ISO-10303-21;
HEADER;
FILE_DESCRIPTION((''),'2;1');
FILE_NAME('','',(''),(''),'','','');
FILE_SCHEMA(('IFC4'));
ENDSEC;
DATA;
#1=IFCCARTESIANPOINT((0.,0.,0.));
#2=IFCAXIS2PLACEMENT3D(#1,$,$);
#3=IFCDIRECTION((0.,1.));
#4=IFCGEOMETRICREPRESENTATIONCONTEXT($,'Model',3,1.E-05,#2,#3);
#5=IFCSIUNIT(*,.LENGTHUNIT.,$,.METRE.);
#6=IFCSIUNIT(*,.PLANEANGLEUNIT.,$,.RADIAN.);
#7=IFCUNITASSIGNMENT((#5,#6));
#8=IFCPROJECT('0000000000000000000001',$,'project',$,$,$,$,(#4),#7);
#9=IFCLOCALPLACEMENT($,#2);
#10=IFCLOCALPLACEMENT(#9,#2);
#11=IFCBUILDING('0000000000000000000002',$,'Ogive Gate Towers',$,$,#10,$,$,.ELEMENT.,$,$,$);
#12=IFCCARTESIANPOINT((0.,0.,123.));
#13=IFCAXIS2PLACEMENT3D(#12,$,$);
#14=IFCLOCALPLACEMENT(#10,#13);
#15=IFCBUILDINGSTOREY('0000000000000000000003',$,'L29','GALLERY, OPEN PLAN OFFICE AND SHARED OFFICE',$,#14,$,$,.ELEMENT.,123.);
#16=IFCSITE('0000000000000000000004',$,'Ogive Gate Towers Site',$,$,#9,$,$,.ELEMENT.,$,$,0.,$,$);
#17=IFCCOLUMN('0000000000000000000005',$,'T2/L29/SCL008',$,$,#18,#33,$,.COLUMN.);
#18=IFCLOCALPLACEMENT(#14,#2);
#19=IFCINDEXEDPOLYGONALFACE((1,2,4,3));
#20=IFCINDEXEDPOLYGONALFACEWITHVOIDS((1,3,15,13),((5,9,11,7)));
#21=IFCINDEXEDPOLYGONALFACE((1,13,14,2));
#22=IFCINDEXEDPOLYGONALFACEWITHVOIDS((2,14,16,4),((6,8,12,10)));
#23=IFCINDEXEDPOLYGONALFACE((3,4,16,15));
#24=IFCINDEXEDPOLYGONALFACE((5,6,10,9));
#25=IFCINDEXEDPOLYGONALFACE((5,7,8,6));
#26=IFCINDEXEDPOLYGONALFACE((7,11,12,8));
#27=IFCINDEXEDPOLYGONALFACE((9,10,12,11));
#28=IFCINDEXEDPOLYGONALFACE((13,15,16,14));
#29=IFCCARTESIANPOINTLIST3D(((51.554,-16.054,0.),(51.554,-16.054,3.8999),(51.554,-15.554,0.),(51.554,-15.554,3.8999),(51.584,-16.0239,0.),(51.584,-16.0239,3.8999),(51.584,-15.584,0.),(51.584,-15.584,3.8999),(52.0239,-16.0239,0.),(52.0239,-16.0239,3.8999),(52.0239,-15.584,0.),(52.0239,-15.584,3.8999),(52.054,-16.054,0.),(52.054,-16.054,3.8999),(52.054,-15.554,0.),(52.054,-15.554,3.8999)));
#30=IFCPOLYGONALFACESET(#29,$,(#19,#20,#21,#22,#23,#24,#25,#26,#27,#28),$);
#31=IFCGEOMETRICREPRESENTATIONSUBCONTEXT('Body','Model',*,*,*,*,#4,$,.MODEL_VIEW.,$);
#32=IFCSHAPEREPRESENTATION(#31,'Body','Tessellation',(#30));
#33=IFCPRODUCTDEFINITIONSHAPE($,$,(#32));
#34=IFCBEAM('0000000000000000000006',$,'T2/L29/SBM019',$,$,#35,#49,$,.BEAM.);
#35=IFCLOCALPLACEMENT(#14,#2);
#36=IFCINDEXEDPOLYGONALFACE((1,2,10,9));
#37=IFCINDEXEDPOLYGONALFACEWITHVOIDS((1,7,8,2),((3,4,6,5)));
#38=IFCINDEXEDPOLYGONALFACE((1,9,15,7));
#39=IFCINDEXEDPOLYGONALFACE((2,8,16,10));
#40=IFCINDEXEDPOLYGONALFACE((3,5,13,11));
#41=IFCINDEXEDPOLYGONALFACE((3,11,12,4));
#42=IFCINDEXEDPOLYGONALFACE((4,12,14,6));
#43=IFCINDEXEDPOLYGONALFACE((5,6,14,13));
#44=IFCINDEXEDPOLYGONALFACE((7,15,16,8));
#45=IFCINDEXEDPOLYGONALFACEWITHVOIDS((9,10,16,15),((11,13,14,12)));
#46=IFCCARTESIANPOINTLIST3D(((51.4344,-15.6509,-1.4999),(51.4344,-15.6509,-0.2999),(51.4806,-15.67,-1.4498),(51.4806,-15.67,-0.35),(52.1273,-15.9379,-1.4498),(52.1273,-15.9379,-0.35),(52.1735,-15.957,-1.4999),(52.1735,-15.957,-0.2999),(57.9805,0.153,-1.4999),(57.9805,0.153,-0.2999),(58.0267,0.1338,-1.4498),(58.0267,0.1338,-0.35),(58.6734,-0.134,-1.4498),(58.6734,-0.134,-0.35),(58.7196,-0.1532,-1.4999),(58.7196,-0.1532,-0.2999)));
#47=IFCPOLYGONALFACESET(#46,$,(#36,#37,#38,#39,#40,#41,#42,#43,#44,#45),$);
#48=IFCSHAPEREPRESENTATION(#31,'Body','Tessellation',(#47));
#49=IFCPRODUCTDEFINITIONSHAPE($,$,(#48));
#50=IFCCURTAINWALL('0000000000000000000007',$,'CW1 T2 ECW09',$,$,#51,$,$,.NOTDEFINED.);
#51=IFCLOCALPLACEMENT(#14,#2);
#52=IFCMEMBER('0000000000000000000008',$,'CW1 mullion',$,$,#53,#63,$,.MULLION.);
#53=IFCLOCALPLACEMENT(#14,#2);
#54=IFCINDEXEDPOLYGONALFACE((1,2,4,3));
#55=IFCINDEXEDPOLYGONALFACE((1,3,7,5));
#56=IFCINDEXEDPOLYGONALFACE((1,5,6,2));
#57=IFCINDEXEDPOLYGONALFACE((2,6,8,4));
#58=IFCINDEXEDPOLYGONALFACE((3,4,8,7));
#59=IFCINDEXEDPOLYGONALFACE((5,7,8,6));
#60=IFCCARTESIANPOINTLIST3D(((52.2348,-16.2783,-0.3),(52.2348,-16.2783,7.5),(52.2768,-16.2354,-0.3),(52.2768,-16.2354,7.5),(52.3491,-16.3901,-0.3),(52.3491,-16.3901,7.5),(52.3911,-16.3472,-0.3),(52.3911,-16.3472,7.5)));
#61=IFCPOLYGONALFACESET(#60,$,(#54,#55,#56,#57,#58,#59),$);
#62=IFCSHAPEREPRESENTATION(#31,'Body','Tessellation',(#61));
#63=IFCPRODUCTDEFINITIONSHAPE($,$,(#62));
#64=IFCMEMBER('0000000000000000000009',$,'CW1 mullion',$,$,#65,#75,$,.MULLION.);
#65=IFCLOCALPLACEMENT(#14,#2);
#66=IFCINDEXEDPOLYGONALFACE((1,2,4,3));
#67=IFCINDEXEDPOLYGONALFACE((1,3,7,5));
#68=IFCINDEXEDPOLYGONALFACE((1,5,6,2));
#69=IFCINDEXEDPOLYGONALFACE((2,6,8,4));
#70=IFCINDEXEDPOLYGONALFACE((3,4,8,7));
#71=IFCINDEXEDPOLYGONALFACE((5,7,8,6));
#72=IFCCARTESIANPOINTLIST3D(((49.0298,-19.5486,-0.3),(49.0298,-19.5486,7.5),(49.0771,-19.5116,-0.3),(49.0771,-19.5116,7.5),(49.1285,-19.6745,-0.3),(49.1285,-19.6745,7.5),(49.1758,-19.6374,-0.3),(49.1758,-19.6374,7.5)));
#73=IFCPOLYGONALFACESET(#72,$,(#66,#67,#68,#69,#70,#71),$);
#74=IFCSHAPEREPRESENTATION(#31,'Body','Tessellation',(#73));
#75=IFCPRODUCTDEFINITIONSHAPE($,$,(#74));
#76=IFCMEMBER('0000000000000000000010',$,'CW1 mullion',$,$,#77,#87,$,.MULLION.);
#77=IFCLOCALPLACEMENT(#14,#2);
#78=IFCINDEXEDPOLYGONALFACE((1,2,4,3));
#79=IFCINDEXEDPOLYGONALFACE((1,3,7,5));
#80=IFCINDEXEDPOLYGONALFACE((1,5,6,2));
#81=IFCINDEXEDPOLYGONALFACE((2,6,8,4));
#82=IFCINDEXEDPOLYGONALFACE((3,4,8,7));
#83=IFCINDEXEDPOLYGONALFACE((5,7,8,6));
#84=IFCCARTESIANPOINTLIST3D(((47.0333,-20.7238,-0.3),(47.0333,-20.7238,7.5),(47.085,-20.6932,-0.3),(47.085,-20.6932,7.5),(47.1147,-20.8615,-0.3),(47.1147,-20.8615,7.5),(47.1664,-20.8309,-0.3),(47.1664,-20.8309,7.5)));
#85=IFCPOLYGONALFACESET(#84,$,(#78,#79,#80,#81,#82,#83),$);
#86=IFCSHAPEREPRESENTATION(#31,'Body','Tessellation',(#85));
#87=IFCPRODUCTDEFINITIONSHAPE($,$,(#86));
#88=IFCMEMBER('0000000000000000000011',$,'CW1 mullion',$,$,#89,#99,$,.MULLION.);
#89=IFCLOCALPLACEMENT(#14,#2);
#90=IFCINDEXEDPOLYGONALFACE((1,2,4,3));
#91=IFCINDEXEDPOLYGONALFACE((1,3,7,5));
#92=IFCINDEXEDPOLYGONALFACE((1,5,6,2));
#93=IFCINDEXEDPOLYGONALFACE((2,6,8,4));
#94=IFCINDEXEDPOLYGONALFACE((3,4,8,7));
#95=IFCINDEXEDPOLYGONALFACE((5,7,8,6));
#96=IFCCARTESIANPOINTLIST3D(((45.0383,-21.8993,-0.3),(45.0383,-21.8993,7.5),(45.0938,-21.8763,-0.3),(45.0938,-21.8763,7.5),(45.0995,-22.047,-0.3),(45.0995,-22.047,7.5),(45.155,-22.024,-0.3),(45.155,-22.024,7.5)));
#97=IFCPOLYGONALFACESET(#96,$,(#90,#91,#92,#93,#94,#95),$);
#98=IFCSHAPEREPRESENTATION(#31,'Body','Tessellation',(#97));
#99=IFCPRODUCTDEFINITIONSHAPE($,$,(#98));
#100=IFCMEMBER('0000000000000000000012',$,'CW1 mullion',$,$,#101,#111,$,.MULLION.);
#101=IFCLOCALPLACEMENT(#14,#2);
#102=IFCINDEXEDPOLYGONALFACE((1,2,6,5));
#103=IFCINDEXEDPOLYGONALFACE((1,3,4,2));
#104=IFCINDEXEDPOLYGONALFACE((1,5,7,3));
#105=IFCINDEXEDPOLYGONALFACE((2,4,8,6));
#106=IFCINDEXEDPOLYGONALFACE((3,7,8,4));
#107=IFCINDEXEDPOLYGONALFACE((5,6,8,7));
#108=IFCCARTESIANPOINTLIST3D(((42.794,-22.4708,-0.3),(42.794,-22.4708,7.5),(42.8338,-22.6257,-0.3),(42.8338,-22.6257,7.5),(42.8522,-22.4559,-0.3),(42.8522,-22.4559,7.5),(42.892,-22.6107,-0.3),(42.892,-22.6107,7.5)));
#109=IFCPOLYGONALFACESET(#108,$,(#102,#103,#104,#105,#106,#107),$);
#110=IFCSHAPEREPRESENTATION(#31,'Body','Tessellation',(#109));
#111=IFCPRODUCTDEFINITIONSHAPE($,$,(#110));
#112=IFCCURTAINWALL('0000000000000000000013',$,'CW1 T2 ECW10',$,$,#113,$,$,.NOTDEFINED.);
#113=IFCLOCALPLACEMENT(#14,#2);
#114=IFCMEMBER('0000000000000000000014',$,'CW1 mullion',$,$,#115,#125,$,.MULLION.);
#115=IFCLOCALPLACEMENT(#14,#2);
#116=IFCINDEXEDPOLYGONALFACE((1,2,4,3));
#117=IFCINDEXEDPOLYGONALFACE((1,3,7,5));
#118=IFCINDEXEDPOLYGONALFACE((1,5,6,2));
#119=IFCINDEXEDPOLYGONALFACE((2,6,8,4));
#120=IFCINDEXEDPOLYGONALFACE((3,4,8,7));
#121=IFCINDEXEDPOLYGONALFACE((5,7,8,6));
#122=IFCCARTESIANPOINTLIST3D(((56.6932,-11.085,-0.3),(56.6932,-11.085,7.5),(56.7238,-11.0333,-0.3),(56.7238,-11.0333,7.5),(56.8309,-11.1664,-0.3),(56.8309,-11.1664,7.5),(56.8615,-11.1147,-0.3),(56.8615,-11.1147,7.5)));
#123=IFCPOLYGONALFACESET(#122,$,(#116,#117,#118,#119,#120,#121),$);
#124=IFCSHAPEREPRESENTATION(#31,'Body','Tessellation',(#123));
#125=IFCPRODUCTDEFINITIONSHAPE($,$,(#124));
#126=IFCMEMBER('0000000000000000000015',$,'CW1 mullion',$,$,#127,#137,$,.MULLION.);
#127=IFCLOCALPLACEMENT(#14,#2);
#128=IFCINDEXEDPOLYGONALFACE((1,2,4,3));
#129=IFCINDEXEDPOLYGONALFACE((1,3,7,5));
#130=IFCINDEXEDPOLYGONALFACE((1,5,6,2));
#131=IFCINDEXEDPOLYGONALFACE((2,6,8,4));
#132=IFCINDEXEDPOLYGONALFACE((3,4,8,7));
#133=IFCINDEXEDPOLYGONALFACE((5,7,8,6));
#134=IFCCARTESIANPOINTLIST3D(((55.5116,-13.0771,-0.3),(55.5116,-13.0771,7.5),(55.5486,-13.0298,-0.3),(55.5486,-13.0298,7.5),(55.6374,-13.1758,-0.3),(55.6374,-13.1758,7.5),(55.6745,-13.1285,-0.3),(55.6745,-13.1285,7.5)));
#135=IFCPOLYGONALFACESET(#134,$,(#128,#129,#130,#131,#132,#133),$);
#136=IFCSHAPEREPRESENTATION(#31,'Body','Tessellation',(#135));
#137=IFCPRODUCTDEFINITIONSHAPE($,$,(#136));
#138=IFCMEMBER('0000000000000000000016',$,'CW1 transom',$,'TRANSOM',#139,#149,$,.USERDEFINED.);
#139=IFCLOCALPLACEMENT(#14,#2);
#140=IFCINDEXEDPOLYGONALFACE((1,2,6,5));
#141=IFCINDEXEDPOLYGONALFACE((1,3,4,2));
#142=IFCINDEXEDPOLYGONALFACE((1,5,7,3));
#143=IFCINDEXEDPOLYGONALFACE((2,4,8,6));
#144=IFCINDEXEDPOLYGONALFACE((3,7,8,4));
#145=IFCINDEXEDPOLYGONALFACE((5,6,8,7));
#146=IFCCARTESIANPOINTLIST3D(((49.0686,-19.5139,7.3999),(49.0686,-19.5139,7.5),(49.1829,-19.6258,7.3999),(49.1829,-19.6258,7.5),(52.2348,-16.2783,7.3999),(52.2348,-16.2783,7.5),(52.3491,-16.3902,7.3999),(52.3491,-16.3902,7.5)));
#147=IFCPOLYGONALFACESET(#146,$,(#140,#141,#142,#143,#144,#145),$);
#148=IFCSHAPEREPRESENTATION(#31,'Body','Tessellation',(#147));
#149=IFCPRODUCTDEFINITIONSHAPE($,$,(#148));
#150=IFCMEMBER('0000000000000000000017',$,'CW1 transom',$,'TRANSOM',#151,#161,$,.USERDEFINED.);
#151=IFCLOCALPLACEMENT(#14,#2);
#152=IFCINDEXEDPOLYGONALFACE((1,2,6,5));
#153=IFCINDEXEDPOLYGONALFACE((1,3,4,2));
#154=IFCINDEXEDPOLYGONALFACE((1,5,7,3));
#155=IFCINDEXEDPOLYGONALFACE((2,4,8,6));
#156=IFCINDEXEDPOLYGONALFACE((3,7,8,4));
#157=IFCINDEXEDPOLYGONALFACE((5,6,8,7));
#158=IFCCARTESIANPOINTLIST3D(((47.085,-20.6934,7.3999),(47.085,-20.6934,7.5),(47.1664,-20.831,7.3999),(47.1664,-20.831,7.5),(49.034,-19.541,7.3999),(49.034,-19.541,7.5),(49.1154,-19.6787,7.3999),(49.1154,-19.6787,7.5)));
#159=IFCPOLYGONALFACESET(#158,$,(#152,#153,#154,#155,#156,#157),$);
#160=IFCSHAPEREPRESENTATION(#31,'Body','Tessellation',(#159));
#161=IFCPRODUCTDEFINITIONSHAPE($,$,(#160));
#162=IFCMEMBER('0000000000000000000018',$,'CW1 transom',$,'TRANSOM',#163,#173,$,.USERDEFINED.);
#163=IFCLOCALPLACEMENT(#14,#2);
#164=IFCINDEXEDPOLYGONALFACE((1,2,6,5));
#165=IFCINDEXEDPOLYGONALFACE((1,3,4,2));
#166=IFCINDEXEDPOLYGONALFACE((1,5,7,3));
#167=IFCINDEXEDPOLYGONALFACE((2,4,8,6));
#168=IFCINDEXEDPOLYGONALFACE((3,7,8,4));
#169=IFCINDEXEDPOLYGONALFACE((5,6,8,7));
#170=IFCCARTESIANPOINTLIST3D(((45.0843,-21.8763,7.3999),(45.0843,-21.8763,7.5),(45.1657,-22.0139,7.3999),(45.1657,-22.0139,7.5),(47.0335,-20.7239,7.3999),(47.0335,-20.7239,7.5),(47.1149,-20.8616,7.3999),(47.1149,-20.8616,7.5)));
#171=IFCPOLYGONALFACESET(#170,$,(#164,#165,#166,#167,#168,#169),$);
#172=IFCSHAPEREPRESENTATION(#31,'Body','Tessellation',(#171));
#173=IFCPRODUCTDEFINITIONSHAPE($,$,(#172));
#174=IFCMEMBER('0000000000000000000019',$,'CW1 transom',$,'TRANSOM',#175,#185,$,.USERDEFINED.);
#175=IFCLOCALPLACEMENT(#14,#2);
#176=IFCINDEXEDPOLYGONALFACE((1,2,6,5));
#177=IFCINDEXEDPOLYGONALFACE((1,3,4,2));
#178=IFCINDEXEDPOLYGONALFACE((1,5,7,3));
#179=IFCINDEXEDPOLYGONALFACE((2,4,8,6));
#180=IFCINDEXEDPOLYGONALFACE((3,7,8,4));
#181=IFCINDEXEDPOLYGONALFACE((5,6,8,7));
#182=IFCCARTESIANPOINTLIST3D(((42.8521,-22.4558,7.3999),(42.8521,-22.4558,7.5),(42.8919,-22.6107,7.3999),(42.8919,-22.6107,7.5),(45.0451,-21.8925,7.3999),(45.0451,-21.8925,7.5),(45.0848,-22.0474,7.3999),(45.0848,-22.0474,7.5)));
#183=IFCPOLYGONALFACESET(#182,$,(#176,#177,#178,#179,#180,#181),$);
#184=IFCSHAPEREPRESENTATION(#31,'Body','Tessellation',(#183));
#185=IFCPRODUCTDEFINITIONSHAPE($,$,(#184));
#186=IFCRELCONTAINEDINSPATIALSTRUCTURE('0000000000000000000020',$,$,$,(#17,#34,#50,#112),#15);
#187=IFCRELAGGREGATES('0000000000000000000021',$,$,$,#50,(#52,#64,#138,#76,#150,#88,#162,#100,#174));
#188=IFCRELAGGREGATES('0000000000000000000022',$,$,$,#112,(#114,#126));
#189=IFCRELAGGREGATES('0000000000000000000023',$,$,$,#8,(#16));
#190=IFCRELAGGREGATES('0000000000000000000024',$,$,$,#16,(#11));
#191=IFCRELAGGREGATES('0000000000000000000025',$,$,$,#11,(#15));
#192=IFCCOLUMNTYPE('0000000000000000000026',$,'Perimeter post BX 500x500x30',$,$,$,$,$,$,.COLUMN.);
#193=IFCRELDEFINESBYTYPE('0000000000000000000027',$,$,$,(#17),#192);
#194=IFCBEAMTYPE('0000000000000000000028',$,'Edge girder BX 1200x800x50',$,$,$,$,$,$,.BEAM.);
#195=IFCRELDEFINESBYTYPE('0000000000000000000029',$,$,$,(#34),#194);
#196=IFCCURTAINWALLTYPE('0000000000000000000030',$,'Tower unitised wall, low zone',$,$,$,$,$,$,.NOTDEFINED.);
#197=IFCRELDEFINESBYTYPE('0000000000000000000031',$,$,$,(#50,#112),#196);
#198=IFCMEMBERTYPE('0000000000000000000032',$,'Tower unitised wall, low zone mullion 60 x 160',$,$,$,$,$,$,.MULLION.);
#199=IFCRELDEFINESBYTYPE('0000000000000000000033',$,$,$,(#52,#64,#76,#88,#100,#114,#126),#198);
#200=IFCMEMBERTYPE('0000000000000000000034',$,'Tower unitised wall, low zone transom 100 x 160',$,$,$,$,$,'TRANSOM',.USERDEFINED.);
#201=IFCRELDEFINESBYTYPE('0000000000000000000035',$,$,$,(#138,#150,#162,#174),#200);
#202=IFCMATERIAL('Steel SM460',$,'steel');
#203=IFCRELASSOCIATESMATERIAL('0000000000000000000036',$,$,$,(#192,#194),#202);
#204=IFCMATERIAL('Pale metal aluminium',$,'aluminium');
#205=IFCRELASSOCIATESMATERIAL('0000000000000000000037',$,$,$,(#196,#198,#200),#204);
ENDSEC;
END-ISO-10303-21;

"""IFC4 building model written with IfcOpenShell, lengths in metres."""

from ifc_helpers import new_model, si_unit, direction, frame, origin, origin_2d, place, context, subcontext, project, spatial, rectangle, hollow_rectangle, extrude, material, material_profile, profile_set, type_object, element, aggregate, save


model = new_model("IFC4")

# Units and contexts
model_context = context("Model", 3, precision=1e-05, world=origin(), true_north=direction((0.0, 1.0)))
body_context = subcontext(model_context, "Body", "Model", "MODEL_VIEW")
ifc_project = project(units=[si_unit("LENGTHUNIT", "METRE"), si_unit("PLANEANGLEUNIT", "RADIAN")], contexts=[model_context])

# Site, building, storey
site_placement = place(None, origin())
site = spatial("IfcSite", under=ifc_project, at=site_placement, Name="Ogive Gate Towers Site", CompositionType="ELEMENT", RefElevation=0.0)
building_placement = place(site_placement, origin())
building = spatial("IfcBuilding", under=site, at=building_placement, Name="Ogive Gate Towers", CompositionType="ELEMENT")
storey_placement = place(building_placement, frame((0.0, 0.0, 123.0)))
storey = spatial("IfcBuildingStorey", under=building, at=storey_placement, Name="L29", Description="GALLERY, OPEN PLAN OFFICE AND SHARED OFFICE", CompositionType="ELEMENT", Elevation=123.0)

# Column
ifc_material_1 = material(Name="Steel SM460", Category="steel")
ifc_material_profile_1 = material_profile(ifc_material_1, hollow_rectangle(XDim=0.5, YDim=0.5, WallThickness=0.03, at=origin_2d()), Name="BX 500x500x30")
ifc_profile_set_1 = profile_set([ifc_material_profile_1], Name="Steel SM460")
column_type = type_object("IfcColumnType", Name="Perimeter post BX 500x500x30", PredefinedType="COLUMN", material=ifc_profile_set_1)
column_placement = place(storey_placement, frame((51.804, -15.804, 0.0), z_axis=(0.0, 0.0, 1.0), x_axis=(1.0, 0.0, 0.0)))
element("IfcColumn", 1, at=column_placement, inside=storey, type_object=column_type, Name="T2/L29/SCL008", PredefinedType="COLUMN", context=body_context, shape_type="SweptSolid", body=[
    extrude(hollow_rectangle(XDim=0.5, YDim=0.5, WallThickness=0.03, at=origin_2d()), origin(), (0.0, 0.0, 1.0), 3.8999),
])

# Beam
ifc_material_profile_2 = material_profile(ifc_material_1, hollow_rectangle(XDim=0.8, YDim=1.2, WallThickness=0.05, at=origin_2d()), Name="BX 1200x800x50")
ifc_profile_set_2 = profile_set([ifc_material_profile_2], Name="Steel SM460")
beam_type = type_object("IfcBeamType", Name="Edge girder BX 1200x800x50", PredefinedType="BEAM", material=ifc_profile_set_2)
beam_placement = place(storey_placement, frame((51.804, -15.804, -0.8999), z_axis=(0.38268, 0.923881, 0.0), x_axis=(-0.923881, 0.38268, 0.0)))
element("IfcBeam", 2, at=beam_placement, inside=storey, type_object=beam_type, Name="T2/L29/SBM019", PredefinedType="BEAM", context=body_context, shape_type="SweptSolid", body=[
    extrude(hollow_rectangle(XDim=0.8, YDim=1.2, WallThickness=0.05, at=origin_2d()), origin(), (0.0, 0.0, 1.0), 17.106),
])

# Curtain walls, members
ifc_material_2 = material(Name="Pale metal aluminium", Category="aluminium")
curtain_wall_type = type_object("IfcCurtainWallType", Name="Tower unitised wall, low zone", PredefinedType="NOTDEFINED", material=ifc_material_2)
curtain_wall_1_placement = place(storey_placement, origin())
curtain_wall_1 = element("IfcCurtainWall", 3, at=curtain_wall_1_placement, inside=storey, type_object=curtain_wall_type, Name="CW1 T2 ECW09", PredefinedType="NOTDEFINED")
ifc_material_profile_3 = material_profile(ifc_material_2, rectangle(XDim=0.1599, YDim=0.0601, at=origin_2d()), Name="60 x 160 aluminium box")
ifc_profile_set_3 = profile_set([ifc_material_profile_3], Name="Pale metal aluminium")
member_type_1 = type_object("IfcMemberType", Name="Tower unitised wall, low zone mullion 60 x 160", PredefinedType="MULLION", material=ifc_profile_set_3)
member_1_placement = place(storey_placement, frame((52.313, -16.3127, -0.3), z_axis=(0.0, 0.0, 1.0), x_axis=(-0.714705, 0.699426, 0.0)))
member_1 = element("IfcMember", 4, at=member_1_placement, type_object=member_type_1, Name="CW1 mullion", PredefinedType="MULLION", context=body_context, shape_type="SweptSolid", body=[
    extrude(rectangle(XDim=0.1599, YDim=0.0601, at=origin_2d()), origin(), (0.0, 0.0, 1.0), 7.8),
])
member_2_placement = place(storey_placement, frame((49.1028, -19.593, -0.3), z_axis=(0.0, 0.0, 1.0), x_axis=(-0.617118, 0.78687, 0.0)))
member_2 = element("IfcMember", 5, at=member_2_placement, type_object=member_type_1, Name="CW1 mullion", PredefinedType="MULLION", context=body_context, shape_type="SweptSolid", body=[
    extrude(rectangle(XDim=0.1599, YDim=0.0601, at=origin_2d()), origin(), (0.0, 0.0, 1.0), 7.8),
])
member_3_placement = place(storey_placement, frame((47.0999, -20.7773, -0.3), z_axis=(0.0, 0.0, 1.0), x_axis=(-0.508951, 0.860795, 0.0)))
member_3 = element("IfcMember", 6, at=member_3_placement, type_object=member_type_1, Name="CW1 mullion", PredefinedType="MULLION", context=body_context, shape_type="SweptSolid", body=[
    extrude(rectangle(XDim=0.1599, YDim=0.0601, at=origin_2d()), origin(), (0.0, 0.0, 1.0), 7.8),
])
member_4_placement = place(storey_placement, frame((45.0967, -21.9617, -0.3), z_axis=(0.0, 0.0, 1.0), x_axis=(-0.382683, 0.92388, 0.0)))
member_4 = element("IfcMember", 7, at=member_4_placement, type_object=member_type_1, Name="CW1 mullion", PredefinedType="MULLION", context=body_context, shape_type="SweptSolid", body=[
    extrude(rectangle(XDim=0.1599, YDim=0.0601, at=origin_2d()), origin(), (0.0, 0.0, 1.0), 7.8),
])
member_5_placement = place(storey_placement, frame((42.843, -22.5408, -0.3), z_axis=(0.0, 0.0, 1.0), x_axis=(-0.248808, 0.968553, 0.0)))
member_5 = element("IfcMember", 8, at=member_5_placement, type_object=member_type_1, Name="CW1 mullion", PredefinedType="MULLION", context=body_context, shape_type="SweptSolid", body=[
    extrude(rectangle(XDim=0.1599, YDim=0.0601, at=origin_2d()), origin(), (0.0, 0.0, 1.0), 7.8),
])
curtain_wall_2_placement = place(storey_placement, origin())
curtain_wall_2 = element("IfcCurtainWall", 9, at=curtain_wall_2_placement, inside=storey, type_object=curtain_wall_type, Name="CW1 T2 ECW10", PredefinedType="NOTDEFINED")
member_6_placement = place(storey_placement, frame((56.7773, -11.0999, -0.3), z_axis=(0.0, 0.0, 1.0), x_axis=(-0.860795, 0.508951, 0.0)))
member_6 = element("IfcMember", 10, at=member_6_placement, type_object=member_type_1, Name="CW1 mullion", PredefinedType="MULLION", context=body_context, shape_type="SweptSolid", body=[
    extrude(rectangle(XDim=0.1599, YDim=0.0601, at=origin_2d()), origin(), (0.0, 0.0, 1.0), 7.8),
])
member_7_placement = place(storey_placement, frame((55.593, -13.1028, -0.3), z_axis=(0.0, 0.0, 1.0), x_axis=(-0.78687, 0.617118, 0.0)))
member_7 = element("IfcMember", 11, at=member_7_placement, type_object=member_type_1, Name="CW1 mullion", PredefinedType="MULLION", context=body_context, shape_type="SweptSolid", body=[
    extrude(rectangle(XDim=0.1599, YDim=0.0601, at=origin_2d()), origin(), (0.0, 0.0, 1.0), 7.8),
])

# Members
ifc_material_profile_4 = material_profile(ifc_material_2, rectangle(XDim=0.1599, YDim=0.1001, at=origin_2d()), Name="100 x 160 aluminium box")
ifc_profile_set_4 = profile_set([ifc_material_profile_4], Name="Pale metal aluminium")
member_type_2 = type_object("IfcMemberType", Name="Tower unitised wall, low zone transom 100 x 160", ElementType="TRANSOM", PredefinedType="USERDEFINED", material=ifc_profile_set_4)
member_8_placement = place(storey_placement, frame((52.292, -16.3342, 7.45), z_axis=(-0.699407, -0.714723, 0.0), x_axis=(0.714723, -0.699407, 0.0)))
member_8 = element("IfcMember", 12, at=member_8_placement, type_object=member_type_2, Name="CW1 transom", ObjectType="TRANSOM", PredefinedType="USERDEFINED", context=body_context, shape_type="SweptSolid", body=[
    extrude(rectangle(XDim=0.1599, YDim=0.1001, at=origin_2d()), origin(), (0.0, 0.0, 1.0), 4.5271),
])
member_9_placement = place(storey_placement, frame((49.0747, -19.6099, 7.45), z_axis=(-0.860796, -0.508951, 0.0), x_axis=(0.508951, -0.860796, 0.0)))
member_9 = element("IfcMember", 13, at=member_9_placement, type_object=member_type_2, Name="CW1 transom", ObjectType="TRANSOM", PredefinedType="USERDEFINED", context=body_context, shape_type="SweptSolid", body=[
    extrude(rectangle(XDim=0.1599, YDim=0.1001, at=origin_2d()), origin(), (0.0, 0.0, 1.0), 2.2642),
])
member_10_placement = place(storey_placement, frame((47.0742, -20.7927, 7.45), z_axis=(-0.860823, -0.508904, 0.0), x_axis=(0.508904, -0.860823, 0.0)))
member_10 = element("IfcMember", 14, at=member_10_placement, type_object=member_type_2, Name="CW1 transom", ObjectType="TRANSOM", PredefinedType="USERDEFINED", context=body_context, shape_type="SweptSolid", body=[
    extrude(rectangle(XDim=0.1599, YDim=0.1001, at=origin_2d()), origin(), (0.0, 0.0, 1.0), 2.2644),
])
member_11_placement = place(storey_placement, frame((45.0649, -21.97, 7.45), z_axis=(-0.968562, -0.248772, 0.0), x_axis=(0.248772, -0.968562, 0.0)))
member_11 = element("IfcMember", 15, at=member_11_placement, type_object=member_type_2, Name="CW1 transom", ObjectType="TRANSOM", PredefinedType="USERDEFINED", context=body_context, shape_type="SweptSolid", body=[
    extrude(rectangle(XDim=0.1599, YDim=0.1001, at=origin_2d()), origin(), (0.0, 0.0, 1.0), 2.2642),
])

aggregate(curtain_wall_1, [member_1, member_2, member_8, member_3, member_9, member_4, member_10, member_5, member_11])
aggregate(curtain_wall_2, [member_6, member_7])

save(model, "model.ifc")
